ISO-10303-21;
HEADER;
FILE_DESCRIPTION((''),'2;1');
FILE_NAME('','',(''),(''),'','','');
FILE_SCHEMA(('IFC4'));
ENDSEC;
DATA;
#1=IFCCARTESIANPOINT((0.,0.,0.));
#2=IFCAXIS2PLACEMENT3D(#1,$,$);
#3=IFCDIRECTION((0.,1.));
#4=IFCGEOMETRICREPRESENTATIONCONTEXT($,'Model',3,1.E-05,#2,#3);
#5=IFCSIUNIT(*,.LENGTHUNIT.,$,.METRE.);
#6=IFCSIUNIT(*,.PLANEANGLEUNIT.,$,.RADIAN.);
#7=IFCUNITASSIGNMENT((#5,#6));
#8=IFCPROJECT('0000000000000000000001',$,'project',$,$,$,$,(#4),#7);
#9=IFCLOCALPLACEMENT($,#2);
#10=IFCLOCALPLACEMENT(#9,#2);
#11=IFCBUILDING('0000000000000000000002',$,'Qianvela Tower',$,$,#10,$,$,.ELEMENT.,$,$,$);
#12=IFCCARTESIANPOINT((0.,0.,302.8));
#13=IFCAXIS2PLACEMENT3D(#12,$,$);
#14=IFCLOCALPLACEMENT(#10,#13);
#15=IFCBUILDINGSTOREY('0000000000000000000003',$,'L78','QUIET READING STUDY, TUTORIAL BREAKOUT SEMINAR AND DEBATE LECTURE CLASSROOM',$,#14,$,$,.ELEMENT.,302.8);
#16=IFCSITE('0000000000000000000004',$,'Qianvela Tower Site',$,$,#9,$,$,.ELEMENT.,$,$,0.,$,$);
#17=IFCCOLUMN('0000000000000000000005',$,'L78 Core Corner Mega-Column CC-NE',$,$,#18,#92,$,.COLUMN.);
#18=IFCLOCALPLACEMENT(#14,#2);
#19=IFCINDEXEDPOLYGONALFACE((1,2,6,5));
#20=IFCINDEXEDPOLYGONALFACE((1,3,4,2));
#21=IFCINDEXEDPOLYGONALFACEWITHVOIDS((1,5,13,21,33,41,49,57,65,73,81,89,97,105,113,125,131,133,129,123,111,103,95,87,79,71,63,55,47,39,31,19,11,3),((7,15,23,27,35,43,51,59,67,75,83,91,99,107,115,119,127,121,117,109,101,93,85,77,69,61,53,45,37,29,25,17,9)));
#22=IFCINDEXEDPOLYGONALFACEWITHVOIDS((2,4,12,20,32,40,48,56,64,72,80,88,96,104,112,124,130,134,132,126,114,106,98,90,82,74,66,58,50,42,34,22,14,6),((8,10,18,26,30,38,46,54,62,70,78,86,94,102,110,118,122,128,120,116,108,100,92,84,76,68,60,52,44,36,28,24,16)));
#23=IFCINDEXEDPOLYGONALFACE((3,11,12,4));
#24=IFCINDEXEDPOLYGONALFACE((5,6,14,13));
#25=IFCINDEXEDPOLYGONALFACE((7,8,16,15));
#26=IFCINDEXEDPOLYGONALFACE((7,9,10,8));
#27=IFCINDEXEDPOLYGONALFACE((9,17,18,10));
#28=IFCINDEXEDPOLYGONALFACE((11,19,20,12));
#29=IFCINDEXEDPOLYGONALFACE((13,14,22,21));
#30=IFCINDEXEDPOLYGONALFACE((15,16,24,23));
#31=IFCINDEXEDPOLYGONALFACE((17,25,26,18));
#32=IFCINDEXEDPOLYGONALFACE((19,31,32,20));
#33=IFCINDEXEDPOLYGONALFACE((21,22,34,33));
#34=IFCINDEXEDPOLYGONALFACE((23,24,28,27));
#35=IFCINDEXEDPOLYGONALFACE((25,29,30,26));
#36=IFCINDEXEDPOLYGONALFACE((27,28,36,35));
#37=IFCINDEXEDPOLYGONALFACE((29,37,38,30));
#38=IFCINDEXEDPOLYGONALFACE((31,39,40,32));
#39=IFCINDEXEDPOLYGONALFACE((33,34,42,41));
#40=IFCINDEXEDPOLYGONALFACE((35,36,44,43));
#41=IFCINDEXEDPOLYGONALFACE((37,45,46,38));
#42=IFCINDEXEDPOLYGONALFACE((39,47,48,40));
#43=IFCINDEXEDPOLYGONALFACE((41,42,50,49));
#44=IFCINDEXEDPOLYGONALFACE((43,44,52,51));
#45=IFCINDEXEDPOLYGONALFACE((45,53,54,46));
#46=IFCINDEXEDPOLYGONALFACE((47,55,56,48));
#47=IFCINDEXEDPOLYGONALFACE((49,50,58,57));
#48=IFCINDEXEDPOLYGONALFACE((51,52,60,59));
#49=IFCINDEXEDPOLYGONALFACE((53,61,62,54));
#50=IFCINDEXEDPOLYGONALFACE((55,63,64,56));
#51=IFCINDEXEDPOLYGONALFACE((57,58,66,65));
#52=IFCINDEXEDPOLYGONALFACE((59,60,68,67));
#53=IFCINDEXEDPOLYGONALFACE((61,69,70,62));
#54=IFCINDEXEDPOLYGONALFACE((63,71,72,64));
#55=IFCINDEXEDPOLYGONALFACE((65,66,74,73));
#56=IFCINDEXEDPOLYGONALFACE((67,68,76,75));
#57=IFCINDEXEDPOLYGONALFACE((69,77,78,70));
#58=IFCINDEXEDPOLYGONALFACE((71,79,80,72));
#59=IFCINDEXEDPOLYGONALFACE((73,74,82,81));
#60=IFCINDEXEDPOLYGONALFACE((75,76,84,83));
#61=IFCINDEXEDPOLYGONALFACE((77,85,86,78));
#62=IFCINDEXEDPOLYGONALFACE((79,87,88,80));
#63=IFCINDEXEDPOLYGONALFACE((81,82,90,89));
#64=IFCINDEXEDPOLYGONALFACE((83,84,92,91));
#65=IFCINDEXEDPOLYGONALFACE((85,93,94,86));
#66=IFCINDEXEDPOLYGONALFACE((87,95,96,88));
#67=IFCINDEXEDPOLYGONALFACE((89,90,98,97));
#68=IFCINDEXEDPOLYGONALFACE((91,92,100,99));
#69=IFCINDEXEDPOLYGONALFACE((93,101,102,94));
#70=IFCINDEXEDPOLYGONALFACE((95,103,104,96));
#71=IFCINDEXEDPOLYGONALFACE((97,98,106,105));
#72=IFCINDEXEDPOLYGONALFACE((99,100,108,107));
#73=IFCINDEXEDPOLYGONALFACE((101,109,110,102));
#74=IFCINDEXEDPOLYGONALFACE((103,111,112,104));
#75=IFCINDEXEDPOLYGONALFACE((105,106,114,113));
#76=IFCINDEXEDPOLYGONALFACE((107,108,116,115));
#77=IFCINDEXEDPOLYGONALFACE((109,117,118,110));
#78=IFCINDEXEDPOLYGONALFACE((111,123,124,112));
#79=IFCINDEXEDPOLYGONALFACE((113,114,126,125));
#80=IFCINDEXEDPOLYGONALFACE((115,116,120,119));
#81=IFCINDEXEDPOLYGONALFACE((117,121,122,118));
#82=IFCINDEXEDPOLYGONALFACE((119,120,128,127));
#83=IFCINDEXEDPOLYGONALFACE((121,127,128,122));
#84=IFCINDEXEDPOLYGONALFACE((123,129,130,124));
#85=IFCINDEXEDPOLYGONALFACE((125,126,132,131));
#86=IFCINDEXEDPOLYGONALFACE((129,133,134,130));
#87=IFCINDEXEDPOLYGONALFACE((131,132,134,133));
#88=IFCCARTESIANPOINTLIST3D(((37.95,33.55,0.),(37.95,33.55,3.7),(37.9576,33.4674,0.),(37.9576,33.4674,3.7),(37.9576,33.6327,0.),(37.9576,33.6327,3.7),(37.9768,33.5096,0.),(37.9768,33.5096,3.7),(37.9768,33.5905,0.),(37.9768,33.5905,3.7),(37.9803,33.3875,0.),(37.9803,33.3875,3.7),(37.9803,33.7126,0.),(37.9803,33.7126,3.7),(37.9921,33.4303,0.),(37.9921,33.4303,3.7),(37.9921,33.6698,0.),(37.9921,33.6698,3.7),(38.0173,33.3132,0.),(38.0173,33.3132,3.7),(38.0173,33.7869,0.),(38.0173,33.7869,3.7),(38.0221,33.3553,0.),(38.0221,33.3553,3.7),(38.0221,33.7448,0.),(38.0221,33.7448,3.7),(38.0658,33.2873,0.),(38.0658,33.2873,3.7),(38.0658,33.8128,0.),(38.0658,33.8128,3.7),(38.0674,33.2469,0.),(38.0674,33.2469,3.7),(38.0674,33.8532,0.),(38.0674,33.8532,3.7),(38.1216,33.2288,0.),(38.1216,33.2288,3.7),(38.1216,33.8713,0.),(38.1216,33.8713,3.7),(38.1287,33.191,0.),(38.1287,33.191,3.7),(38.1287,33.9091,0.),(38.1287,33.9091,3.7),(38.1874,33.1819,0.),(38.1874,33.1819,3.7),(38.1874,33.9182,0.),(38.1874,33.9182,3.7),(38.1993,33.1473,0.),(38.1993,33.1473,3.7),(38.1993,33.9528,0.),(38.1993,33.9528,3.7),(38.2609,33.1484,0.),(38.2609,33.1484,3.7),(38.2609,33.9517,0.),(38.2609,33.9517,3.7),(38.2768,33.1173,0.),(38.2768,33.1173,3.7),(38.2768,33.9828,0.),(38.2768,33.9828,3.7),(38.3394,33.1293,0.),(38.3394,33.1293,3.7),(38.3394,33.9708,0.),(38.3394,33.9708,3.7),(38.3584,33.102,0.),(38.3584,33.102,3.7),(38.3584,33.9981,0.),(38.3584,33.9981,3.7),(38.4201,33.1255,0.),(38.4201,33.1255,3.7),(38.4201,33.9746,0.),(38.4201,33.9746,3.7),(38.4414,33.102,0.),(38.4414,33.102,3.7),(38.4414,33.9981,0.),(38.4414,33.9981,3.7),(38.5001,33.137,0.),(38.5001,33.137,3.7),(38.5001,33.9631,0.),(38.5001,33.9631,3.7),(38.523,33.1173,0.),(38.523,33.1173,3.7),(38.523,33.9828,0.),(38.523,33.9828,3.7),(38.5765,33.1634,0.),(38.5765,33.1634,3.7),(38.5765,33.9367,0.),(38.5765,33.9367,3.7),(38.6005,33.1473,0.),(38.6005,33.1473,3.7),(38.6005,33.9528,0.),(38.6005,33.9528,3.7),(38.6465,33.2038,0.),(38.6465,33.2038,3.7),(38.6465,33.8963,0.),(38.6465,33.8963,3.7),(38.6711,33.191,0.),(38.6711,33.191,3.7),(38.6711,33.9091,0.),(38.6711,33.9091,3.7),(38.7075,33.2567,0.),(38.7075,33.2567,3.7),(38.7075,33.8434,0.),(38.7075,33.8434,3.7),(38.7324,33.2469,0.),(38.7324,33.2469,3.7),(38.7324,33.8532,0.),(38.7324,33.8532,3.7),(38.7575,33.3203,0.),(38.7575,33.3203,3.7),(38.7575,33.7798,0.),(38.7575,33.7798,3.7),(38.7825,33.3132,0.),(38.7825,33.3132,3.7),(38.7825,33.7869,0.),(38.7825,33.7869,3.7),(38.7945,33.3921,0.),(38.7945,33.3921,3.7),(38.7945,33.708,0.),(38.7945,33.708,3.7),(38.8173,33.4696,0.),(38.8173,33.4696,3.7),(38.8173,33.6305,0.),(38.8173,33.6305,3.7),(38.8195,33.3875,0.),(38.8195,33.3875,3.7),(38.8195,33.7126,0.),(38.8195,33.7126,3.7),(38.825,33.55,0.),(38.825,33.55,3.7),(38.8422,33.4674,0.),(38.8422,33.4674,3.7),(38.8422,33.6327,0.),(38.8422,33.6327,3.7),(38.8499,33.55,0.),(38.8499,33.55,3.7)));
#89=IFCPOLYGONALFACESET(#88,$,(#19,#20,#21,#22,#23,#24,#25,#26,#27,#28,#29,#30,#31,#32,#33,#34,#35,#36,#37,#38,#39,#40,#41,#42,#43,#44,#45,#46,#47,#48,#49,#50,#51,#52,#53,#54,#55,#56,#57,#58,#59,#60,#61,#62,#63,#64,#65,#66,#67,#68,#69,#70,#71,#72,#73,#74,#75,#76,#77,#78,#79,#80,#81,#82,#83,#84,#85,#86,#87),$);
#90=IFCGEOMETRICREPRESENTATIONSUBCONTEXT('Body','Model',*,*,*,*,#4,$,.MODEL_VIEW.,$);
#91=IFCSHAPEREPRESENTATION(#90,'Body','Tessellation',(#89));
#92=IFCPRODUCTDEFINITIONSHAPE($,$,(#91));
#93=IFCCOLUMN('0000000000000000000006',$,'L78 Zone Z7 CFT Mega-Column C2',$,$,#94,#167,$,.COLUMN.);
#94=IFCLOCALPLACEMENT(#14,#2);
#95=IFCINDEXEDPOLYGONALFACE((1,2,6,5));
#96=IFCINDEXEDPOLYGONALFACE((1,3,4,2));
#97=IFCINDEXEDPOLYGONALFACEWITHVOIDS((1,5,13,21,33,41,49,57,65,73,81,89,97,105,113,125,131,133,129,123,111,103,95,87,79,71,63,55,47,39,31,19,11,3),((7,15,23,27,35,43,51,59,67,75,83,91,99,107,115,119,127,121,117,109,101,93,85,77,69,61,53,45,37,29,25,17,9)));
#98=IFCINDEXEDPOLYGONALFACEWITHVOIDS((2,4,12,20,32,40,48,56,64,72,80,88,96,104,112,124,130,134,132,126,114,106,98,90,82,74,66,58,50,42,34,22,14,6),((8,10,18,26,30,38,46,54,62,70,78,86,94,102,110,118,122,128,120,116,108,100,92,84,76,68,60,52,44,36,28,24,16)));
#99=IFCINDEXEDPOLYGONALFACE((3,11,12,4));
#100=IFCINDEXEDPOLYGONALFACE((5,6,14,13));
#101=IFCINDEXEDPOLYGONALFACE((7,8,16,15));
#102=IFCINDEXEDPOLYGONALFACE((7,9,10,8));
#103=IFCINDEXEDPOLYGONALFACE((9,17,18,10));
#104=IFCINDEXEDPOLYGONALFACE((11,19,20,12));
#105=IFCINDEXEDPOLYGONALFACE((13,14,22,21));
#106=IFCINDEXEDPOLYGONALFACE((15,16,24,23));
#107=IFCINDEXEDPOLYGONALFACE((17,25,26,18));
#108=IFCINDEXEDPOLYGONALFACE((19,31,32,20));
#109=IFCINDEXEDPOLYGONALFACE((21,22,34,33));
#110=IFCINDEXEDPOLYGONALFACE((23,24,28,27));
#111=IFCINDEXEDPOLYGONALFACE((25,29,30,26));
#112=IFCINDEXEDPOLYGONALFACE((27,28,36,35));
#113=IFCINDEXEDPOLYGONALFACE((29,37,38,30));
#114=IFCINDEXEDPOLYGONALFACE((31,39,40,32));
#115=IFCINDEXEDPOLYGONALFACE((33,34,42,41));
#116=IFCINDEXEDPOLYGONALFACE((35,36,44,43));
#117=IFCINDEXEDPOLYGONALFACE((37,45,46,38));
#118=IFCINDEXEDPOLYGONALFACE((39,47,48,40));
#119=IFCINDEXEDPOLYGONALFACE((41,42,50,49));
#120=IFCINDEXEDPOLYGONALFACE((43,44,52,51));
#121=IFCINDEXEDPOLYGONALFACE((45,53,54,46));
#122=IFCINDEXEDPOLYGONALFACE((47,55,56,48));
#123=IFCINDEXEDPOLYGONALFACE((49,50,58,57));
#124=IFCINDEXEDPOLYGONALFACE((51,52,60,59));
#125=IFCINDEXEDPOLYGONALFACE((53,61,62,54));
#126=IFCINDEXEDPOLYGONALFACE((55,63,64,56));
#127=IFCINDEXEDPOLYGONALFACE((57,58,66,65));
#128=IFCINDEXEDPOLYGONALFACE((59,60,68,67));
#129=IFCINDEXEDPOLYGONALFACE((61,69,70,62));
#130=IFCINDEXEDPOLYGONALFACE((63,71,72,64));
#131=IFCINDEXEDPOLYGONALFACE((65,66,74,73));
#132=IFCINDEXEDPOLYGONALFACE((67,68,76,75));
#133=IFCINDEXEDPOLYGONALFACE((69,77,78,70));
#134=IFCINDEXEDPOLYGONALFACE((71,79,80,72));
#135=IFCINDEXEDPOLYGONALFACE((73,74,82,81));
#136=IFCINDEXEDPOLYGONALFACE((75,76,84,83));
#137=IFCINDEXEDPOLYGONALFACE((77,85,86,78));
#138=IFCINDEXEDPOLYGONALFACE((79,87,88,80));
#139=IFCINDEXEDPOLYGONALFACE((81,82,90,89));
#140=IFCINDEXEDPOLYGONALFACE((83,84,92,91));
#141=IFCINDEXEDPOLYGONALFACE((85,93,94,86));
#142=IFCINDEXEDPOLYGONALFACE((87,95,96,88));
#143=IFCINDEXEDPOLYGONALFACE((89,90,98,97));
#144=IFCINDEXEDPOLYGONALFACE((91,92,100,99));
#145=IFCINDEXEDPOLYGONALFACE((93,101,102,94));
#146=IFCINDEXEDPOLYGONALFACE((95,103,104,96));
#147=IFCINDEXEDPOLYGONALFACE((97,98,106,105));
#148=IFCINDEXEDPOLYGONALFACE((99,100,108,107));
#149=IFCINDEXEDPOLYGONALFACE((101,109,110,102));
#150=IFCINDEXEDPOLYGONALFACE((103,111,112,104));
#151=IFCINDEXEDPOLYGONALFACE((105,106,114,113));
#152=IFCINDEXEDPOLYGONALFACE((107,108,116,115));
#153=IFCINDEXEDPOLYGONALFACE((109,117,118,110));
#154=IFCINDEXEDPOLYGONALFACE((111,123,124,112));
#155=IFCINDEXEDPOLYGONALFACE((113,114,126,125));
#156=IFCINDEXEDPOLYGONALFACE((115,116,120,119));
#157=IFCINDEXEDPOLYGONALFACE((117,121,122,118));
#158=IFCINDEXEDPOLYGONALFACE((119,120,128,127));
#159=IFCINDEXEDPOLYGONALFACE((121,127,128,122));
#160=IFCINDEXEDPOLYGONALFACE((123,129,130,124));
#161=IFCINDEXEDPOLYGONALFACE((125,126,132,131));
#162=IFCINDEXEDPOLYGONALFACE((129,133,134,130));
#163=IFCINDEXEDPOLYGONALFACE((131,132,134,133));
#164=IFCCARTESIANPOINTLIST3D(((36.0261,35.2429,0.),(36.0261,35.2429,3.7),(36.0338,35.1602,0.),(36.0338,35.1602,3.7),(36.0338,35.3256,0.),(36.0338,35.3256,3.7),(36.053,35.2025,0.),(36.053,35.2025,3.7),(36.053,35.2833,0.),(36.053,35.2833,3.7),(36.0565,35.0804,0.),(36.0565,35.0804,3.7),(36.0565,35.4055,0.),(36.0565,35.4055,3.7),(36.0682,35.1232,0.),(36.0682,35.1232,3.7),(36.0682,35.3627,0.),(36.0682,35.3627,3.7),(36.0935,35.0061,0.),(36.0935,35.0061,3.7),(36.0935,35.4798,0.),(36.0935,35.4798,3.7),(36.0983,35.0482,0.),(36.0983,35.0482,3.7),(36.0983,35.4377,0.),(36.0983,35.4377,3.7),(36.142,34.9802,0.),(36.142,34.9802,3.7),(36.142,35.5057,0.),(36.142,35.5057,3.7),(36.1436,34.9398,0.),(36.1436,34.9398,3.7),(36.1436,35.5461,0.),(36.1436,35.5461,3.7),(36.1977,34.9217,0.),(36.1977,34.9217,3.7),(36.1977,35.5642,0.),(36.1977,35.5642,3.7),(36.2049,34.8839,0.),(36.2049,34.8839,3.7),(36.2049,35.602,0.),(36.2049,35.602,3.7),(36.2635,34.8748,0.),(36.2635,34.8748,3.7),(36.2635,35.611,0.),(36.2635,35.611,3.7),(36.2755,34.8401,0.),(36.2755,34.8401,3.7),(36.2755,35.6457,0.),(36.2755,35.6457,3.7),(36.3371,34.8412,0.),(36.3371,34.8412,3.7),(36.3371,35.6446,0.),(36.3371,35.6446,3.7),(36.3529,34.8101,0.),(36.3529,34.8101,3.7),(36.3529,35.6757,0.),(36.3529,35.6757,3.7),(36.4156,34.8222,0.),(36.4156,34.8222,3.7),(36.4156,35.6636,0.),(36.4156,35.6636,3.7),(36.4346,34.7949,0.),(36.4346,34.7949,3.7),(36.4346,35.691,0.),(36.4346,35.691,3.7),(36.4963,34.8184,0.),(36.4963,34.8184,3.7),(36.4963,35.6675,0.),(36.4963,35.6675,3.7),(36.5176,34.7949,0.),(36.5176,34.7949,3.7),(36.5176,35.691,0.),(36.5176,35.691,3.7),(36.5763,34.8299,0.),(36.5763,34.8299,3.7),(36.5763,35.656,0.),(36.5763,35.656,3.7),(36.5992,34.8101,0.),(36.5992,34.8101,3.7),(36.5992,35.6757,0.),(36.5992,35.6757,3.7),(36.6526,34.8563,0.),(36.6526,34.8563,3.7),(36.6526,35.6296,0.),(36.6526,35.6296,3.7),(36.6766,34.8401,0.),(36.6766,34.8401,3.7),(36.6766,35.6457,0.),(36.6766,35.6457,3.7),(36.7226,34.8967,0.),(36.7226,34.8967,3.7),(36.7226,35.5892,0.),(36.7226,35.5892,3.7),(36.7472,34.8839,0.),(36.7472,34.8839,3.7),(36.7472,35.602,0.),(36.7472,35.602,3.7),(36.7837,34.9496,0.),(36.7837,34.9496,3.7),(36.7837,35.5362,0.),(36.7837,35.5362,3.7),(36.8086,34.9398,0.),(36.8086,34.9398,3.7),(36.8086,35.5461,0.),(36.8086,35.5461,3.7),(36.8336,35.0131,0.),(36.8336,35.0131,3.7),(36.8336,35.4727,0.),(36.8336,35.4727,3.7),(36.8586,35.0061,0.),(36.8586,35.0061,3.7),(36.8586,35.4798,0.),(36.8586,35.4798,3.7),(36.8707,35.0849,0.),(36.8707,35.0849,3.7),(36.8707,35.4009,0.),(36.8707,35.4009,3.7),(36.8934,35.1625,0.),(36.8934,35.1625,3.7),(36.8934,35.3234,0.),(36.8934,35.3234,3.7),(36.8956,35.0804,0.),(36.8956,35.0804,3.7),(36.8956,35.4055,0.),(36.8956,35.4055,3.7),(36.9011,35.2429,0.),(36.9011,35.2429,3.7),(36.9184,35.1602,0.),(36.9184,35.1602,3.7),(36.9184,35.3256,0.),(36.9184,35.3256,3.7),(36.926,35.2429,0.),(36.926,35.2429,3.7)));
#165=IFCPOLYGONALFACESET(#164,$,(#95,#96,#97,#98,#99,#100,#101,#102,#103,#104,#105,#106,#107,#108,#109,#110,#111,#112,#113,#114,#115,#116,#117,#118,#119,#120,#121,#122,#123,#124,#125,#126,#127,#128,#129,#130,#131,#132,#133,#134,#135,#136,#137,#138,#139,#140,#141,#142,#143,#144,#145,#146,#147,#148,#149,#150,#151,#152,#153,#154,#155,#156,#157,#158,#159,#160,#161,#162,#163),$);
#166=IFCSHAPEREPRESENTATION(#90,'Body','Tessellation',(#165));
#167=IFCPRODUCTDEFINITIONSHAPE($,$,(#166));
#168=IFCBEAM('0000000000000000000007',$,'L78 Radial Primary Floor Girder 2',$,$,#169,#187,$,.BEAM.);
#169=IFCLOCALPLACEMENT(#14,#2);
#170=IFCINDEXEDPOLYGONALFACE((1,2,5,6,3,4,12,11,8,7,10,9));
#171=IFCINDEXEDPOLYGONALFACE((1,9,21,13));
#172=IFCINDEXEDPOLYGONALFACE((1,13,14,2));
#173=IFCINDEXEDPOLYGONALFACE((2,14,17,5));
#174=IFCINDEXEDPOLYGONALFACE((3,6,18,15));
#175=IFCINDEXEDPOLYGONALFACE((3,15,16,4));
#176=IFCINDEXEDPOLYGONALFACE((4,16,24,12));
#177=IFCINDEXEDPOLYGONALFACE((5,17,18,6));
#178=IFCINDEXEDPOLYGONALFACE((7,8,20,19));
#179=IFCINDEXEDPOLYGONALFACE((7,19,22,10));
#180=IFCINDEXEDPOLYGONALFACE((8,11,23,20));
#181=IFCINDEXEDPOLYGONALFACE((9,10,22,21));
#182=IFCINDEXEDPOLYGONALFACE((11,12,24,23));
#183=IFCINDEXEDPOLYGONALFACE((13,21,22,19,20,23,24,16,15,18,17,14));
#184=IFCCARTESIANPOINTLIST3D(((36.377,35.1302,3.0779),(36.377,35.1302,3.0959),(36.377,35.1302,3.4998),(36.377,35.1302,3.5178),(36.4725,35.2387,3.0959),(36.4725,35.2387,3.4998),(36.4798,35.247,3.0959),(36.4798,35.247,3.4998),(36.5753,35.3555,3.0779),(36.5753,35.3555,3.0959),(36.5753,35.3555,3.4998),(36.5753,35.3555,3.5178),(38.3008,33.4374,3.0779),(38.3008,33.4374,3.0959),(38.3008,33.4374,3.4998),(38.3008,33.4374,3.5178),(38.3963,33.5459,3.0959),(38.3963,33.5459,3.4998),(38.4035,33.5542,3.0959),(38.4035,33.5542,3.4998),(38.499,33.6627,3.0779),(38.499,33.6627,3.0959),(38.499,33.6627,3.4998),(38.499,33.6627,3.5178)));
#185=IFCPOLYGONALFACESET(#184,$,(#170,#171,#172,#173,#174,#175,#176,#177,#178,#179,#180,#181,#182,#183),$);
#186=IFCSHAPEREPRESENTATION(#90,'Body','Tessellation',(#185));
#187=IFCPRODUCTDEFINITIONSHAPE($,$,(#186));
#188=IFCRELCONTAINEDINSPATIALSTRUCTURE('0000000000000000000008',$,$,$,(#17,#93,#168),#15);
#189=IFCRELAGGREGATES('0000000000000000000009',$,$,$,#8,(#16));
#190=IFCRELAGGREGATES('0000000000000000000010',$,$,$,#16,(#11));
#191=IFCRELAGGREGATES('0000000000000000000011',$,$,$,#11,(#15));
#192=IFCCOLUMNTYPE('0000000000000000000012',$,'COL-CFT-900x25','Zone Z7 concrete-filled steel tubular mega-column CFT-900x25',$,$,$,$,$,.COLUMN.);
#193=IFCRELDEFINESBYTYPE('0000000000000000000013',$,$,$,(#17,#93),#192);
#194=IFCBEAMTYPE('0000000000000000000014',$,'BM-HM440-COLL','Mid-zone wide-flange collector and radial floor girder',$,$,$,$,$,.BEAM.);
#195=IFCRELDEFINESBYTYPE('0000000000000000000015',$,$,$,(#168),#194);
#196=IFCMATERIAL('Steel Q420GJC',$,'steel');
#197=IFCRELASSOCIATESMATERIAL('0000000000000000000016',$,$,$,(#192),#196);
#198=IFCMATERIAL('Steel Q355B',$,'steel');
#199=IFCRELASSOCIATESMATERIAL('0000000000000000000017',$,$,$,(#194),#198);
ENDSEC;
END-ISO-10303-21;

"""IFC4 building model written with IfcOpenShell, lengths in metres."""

from ifc_helpers import new_model, si_unit, direction, frame, origin, origin_2d, place, context, subcontext, project, spatial, hollow_circle, i_section, extrude, material, material_profile, profile_set, type_object, element, save


model = new_model("IFC4")

# Units and contexts
model_context = context("Model", 3, precision=1e-05, world=origin(), true_north=direction((0.0, 1.0)))
body_context = subcontext(model_context, "Body", "Model", "MODEL_VIEW")
ifc_project = project(units=[si_unit("LENGTHUNIT", "METRE"), si_unit("PLANEANGLEUNIT", "RADIAN")], contexts=[model_context])

# Site, building, storey
site_placement = place(None, origin())
site = spatial("IfcSite", under=ifc_project, at=site_placement, Name="Qianvela Tower Site", CompositionType="ELEMENT", RefElevation=0.0)
building_placement = place(site_placement, origin())
building = spatial("IfcBuilding", under=site, at=building_placement, Name="Qianvela Tower", CompositionType="ELEMENT")
storey_placement = place(building_placement, frame((0.0, 0.0, 302.8)))
storey = spatial("IfcBuildingStorey", under=building, at=storey_placement, Name="L78", Description="QUIET READING STUDY, TUTORIAL BREAKOUT SEMINAR AND DEBATE LECTURE CLASSROOM", CompositionType="ELEMENT", Elevation=302.8)

# Columns
ifc_material_1 = material(Name="Steel Q420GJC", Category="steel")
ifc_material_profile_1 = material_profile(ifc_material_1, hollow_circle(Radius=0.45, WallThickness=0.0249, at=origin_2d()), Name="CFT-900x25")
ifc_profile_set_1 = profile_set([ifc_material_profile_1], Name="Steel Q420GJC")
column_type = type_object("IfcColumnType", Name="COL-CFT-900x25", Description="Zone Z7 concrete-filled steel tubular mega-column CFT-900x25", PredefinedType="COLUMN", material=ifc_profile_set_1)
for number, where, z_axis, x_axis, name in (
    (1, (38.3999, 33.55, 0.0), (0.0, 0.0, 1.0), (1.0, 0.0, 0.0), "L78 Core Corner Mega-Column CC-NE"),
    (2, (36.4761, 35.2429, 0.0), (0.0, 0.0, 1.0), (1.0, 0.0, 0.0), "L78 Zone Z7 CFT Mega-Column C2"),
):
    element("IfcColumn", number, at=place(storey_placement, frame(where, z_axis=z_axis, x_axis=x_axis)), inside=storey, type_object=column_type, Name=name, PredefinedType="COLUMN", context=body_context, shape_type="SweptSolid", body=[
        extrude(hollow_circle(Radius=0.45, WallThickness=0.0249, at=origin_2d()), origin(), (0.0, 0.0, 1.0), 3.7),
    ])

# Beam
ifc_material_2 = material(Name="Steel Q355B", Category="steel")
ifc_material_profile_2 = material_profile(ifc_material_2, i_section(OverallWidth=0.3, OverallDepth=0.4399, WebThickness=0.011, FlangeThickness=0.0181, at=origin_2d()), Name="HM440x300x11x18")
ifc_profile_set_2 = profile_set([ifc_material_profile_2], Name="Steel Q355B")
beam_type_1 = type_object("IfcBeamType", Name="BM-HM440-COLL", Description="Mid-zone wide-flange collector and radial floor girder", PredefinedType="BEAM", material=ifc_profile_set_2)
beam_1_placement = place(storey_placement, frame((38.3999, 33.55, 3.2979), z_axis=(-0.750732, 0.660606, 0.0), x_axis=(-0.660606, -0.750732, 0.0)))
element("IfcBeam", 3, at=beam_1_placement, inside=storey, type_object=beam_type_1, Name="L78 Radial Primary Floor Girder 2", PredefinedType="BEAM", context=body_context, shape_type="SweptSolid", body=[
    extrude(i_section(OverallWidth=0.3, OverallDepth=0.4399, WebThickness=0.011, FlangeThickness=0.0181, at=origin_2d()), origin(), (0.0, 0.0, 1.0), 2.5625),
])

save(model, "model.ifc")
